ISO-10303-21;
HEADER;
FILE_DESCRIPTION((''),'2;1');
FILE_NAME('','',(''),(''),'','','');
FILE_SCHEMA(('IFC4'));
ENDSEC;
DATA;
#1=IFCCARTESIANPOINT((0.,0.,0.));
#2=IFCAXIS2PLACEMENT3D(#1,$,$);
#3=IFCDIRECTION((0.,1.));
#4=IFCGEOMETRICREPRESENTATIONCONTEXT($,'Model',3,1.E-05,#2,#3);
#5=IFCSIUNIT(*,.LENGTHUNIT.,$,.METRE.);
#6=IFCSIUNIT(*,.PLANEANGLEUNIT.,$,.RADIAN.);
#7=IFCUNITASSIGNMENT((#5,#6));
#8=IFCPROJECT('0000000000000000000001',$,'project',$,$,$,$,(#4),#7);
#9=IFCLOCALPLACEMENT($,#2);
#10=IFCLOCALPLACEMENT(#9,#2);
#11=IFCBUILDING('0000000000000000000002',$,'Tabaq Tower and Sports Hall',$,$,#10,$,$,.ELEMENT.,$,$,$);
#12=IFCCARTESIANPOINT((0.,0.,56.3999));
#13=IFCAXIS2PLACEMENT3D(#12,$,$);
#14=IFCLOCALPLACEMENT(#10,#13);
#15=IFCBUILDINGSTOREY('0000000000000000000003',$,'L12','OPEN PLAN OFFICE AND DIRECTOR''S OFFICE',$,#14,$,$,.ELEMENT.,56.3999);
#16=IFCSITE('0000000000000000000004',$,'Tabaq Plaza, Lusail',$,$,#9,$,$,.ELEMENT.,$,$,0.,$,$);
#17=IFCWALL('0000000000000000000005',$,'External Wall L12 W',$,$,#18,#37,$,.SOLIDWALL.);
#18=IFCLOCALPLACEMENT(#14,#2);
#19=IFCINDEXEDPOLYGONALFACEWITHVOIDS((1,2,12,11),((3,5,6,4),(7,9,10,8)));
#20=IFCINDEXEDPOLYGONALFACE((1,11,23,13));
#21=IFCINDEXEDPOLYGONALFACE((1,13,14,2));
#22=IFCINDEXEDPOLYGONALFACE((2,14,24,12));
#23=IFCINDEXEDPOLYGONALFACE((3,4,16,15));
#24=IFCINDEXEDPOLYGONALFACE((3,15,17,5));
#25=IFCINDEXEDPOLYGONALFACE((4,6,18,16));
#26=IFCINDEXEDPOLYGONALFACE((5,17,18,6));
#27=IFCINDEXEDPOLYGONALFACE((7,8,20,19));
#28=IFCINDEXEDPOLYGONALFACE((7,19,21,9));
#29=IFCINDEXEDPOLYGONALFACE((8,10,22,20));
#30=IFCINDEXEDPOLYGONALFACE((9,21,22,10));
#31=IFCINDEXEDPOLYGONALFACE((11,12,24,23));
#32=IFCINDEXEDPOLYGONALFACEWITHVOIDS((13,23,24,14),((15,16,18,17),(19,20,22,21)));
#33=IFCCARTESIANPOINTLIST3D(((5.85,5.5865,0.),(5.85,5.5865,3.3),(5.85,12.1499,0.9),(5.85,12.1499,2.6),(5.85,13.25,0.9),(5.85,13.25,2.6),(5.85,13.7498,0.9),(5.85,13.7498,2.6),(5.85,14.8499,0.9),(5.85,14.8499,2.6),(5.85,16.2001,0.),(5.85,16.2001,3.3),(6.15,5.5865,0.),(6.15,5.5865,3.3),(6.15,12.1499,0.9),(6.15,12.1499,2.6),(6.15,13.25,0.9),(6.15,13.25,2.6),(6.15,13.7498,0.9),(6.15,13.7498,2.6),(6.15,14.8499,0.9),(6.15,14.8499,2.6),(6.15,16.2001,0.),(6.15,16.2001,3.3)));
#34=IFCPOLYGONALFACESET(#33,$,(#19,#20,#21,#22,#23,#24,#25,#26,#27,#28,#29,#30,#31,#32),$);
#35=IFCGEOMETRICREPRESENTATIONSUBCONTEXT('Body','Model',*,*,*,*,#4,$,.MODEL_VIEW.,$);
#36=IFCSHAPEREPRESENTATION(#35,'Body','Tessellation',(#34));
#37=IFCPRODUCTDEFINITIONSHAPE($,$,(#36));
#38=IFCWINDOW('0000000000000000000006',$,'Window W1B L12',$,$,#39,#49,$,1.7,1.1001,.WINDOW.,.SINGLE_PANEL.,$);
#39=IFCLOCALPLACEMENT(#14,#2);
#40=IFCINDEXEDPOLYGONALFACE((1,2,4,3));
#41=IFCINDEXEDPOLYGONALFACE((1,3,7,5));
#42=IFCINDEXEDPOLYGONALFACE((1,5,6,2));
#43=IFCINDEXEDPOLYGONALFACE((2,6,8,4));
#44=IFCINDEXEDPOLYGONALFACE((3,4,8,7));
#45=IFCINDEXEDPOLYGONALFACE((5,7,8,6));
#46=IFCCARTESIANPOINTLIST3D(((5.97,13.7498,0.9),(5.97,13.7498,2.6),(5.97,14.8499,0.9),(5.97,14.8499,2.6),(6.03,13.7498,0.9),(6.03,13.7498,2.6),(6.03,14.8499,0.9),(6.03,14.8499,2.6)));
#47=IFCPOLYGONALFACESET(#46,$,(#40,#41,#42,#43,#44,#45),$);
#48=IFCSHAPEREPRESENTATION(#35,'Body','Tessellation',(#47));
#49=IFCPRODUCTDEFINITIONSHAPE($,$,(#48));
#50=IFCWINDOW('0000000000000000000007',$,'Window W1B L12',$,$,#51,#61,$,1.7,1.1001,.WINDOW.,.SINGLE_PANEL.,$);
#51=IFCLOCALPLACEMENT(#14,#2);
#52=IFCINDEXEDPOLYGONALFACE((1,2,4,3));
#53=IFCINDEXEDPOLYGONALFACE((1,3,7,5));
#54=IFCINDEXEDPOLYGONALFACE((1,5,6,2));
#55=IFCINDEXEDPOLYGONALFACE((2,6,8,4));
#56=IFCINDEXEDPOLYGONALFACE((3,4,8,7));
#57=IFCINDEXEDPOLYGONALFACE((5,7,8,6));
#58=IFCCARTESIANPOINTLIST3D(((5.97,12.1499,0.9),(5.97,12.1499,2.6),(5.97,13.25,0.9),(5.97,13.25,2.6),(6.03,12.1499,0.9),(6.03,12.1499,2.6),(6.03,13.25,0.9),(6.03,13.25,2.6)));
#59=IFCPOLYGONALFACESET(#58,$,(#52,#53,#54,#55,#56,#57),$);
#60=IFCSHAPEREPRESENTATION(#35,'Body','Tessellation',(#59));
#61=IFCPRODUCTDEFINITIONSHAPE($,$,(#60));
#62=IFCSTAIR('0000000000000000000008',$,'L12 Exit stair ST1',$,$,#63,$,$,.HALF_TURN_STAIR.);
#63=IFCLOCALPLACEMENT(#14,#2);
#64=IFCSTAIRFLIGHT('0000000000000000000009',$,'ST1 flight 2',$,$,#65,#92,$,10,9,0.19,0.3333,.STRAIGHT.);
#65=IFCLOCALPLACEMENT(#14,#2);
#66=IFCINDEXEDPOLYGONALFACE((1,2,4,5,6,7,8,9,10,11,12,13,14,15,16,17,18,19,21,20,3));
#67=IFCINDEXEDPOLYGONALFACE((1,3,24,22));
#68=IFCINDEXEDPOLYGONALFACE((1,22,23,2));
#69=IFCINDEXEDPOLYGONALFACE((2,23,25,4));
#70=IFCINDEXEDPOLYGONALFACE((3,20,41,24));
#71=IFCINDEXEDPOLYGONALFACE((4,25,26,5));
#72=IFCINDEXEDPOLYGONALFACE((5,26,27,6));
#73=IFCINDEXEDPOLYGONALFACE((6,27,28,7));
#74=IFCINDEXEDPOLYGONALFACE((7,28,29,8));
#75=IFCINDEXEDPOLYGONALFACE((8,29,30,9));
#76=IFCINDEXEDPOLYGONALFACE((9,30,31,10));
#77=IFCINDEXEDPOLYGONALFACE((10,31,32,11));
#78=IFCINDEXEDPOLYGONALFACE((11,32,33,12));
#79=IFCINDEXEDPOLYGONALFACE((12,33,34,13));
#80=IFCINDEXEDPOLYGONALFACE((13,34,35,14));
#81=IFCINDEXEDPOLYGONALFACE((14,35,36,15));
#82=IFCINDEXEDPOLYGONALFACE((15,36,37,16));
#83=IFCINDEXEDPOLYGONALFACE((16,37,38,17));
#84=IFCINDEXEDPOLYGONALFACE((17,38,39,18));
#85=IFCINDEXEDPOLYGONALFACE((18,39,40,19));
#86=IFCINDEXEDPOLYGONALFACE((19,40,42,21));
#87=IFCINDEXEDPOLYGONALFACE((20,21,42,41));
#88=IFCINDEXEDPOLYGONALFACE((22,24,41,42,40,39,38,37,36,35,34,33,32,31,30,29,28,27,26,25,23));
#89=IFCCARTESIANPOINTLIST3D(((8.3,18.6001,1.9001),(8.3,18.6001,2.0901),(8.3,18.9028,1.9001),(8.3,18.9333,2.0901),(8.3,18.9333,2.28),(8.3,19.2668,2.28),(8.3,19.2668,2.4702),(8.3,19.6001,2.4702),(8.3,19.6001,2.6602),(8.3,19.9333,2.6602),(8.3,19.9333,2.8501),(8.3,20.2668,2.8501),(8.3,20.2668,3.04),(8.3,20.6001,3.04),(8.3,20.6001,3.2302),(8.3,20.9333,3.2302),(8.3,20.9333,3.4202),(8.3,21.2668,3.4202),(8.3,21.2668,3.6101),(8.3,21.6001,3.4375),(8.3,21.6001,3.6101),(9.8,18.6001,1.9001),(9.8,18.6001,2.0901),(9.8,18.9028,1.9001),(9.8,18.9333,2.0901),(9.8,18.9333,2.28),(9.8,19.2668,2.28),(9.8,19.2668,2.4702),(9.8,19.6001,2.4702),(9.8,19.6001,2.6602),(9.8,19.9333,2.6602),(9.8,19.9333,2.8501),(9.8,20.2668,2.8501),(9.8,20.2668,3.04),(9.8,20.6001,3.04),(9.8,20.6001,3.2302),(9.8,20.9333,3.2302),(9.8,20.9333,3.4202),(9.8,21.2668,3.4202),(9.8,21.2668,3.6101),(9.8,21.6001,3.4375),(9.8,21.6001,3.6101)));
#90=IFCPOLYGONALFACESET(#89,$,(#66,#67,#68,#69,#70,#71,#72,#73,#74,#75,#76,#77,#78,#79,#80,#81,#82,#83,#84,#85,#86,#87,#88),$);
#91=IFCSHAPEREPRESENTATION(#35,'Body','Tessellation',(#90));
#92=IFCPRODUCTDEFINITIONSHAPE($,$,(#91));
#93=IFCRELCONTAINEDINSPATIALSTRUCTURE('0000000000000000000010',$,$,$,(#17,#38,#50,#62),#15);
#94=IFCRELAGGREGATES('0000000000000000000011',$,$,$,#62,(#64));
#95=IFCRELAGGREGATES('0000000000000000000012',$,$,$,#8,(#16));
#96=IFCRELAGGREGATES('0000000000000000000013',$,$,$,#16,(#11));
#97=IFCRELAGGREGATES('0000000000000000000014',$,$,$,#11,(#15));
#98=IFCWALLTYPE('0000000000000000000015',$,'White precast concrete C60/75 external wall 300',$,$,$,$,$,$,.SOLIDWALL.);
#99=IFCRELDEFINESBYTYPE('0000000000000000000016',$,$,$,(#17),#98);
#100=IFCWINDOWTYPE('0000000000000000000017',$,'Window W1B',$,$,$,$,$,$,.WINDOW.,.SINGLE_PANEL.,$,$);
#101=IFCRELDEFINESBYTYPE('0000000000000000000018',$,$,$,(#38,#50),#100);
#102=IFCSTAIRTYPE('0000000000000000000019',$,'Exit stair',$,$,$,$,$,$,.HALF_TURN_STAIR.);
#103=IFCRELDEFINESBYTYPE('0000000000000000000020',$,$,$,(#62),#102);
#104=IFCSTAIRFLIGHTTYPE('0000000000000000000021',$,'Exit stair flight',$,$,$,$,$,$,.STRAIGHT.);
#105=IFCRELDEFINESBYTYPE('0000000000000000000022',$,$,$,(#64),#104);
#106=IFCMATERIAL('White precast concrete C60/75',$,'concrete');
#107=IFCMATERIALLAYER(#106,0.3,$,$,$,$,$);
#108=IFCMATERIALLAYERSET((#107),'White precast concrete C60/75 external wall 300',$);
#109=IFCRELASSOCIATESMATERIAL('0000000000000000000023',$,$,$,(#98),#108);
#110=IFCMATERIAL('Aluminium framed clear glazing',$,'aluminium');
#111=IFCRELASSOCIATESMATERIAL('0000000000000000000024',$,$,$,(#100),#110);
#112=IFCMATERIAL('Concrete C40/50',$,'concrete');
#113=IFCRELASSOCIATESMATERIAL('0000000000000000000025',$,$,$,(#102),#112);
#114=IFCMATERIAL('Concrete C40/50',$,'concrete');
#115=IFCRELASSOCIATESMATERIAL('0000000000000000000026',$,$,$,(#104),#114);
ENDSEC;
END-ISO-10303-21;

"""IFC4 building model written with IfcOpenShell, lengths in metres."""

from ifc_helpers import new_model, si_unit, direction, frame, frame_2d, origin, place, context, subcontext, project, spatial, polyline, rectangle, outline, extrude, material, layer, layer_set, type_object, element, fill, aggregate, save


model = new_model("IFC4")

# Units and contexts
model_context = context("Model", 3, precision=1e-05, world=origin(), true_north=direction((0.0, 1.0)))
body_context = subcontext(model_context, "Body", "Model", "MODEL_VIEW")
ifc_project = project(units=[si_unit("LENGTHUNIT", "METRE"), si_unit("PLANEANGLEUNIT", "RADIAN")], contexts=[model_context])

# Site, building, storey
site_placement = place(None, origin())
site = spatial("IfcSite", under=ifc_project, at=site_placement, Name="Tabaq Plaza, Lusail", CompositionType="ELEMENT", RefElevation=0.0)
building_placement = place(site_placement, origin())
building = spatial("IfcBuilding", under=site, at=building_placement, Name="Tabaq Tower and Sports Hall", CompositionType="ELEMENT")
storey_placement = place(building_placement, frame((0.0, 0.0, 56.3999)))
storey = spatial("IfcBuildingStorey", under=building, at=storey_placement, Name="L12", Description="OPEN PLAN OFFICE AND DIRECTOR'S OFFICE", CompositionType="ELEMENT", Elevation=56.3999)

# Wall, openings, windows
ifc_material_1 = material(Name="White precast concrete C60/75", Category="concrete")
ifc_layer_1 = layer(ifc_material_1, 0.3)
ifc_layer_set_1 = layer_set([ifc_layer_1], Name="White precast concrete C60/75 external wall 300")
wall_type_1 = type_object("IfcWallType", Name="White precast concrete C60/75 external wall 300", PredefinedType="SOLIDWALL", material=ifc_layer_set_1)
wall_1_placement = place(storey_placement, frame((6.0, 16.2, 0.0), z_axis=(0.0, 0.0, 1.0), x_axis=(0.0, -1.0, 0.0)))
wall_1 = element("IfcWall", 1, at=wall_1_placement, inside=storey, type_object=wall_type_1, Name="External Wall L12 W", PredefinedType="SOLIDWALL", context=body_context, shape_type="SweptSolid", body=[
    extrude(rectangle(XDim=10.6135, YDim=0.3, at=frame_2d((5.3066, 0.0))), origin(), (0.0, 0.0, 1.0), 3.3),
])
opening_1_placement = place(wall_1_placement, frame((1.3501, 0.0, 0.8999)))
opening_1 = element("IfcOpeningElement", 2, at=opening_1_placement, cuts=wall_1, PredefinedType="OPENING", context=body_context, shape_type="SweptSolid", body=[
    extrude(rectangle(XDim=1.1001, YDim=1.7, at=frame_2d((0.55, 0.8501))), frame((0.0, 0.1602, 0.0), z_axis=(0.0, -1.0, 0.0), x_axis=(1.0, 0.0, 0.0)), (0.0, 0.0, 1.0), 0.3201),
])
opening_2_placement = place(wall_1_placement, frame((2.95, 0.0, 0.8999)))
opening_2 = element("IfcOpeningElement", 3, at=opening_2_placement, cuts=wall_1, PredefinedType="OPENING", context=body_context, shape_type="SweptSolid", body=[
    extrude(rectangle(XDim=1.1001, YDim=1.7, at=frame_2d((0.55, 0.8501))), frame((0.0, 0.1602, 0.0), z_axis=(0.0, -1.0, 0.0), x_axis=(1.0, 0.0, 0.0)), (0.0, 0.0, 1.0), 0.3201),
])
ifc_material_2 = material(Name="Aluminium framed clear glazing", Category="aluminium")
window_type = type_object("IfcWindowType", Name="Window W1B", PartitioningType="SINGLE_PANEL", PredefinedType="WINDOW", material=ifc_material_2)
window_1_placement = place(opening_1_placement, origin())
window_1 = element("IfcWindow", 4, at=window_1_placement, inside=storey, type_object=window_type, Name="Window W1B L12", OverallHeight=1.7, OverallWidth=1.1001, PartitioningType="SINGLE_PANEL", PredefinedType="WINDOW", context=body_context, shape_type="SweptSolid", body=[
    extrude(rectangle(XDim=1.1001, YDim=1.7, at=frame_2d((0.55, 0.8501))), frame((0.0, 0.03, 0.0), z_axis=(0.0, -1.0, 0.0), x_axis=(1.0, 0.0, 0.0)), (0.0, 0.0, 1.0), 0.0601),
])
fill(opening_1, window_1)
window_2_placement = place(opening_2_placement, origin())
window_2 = element("IfcWindow", 5, at=window_2_placement, inside=storey, type_object=window_type, Name="Window W1B L12", OverallHeight=1.7, OverallWidth=1.1001, PartitioningType="SINGLE_PANEL", PredefinedType="WINDOW", context=body_context, shape_type="SweptSolid", body=[
    extrude(rectangle(XDim=1.1001, YDim=1.7, at=frame_2d((0.55, 0.8501))), frame((0.0, 0.03, 0.0), z_axis=(0.0, -1.0, 0.0), x_axis=(1.0, 0.0, 0.0)), (0.0, 0.0, 1.0), 0.0601),
])
fill(opening_2, window_2)

# Stair, stair flight
ifc_material_3 = material(Name="Concrete C40/50", Category="concrete")
stair_type = type_object("IfcStairType", Name="Exit stair", PredefinedType="HALF_TURN_STAIR", material=ifc_material_3)
stair_placement = place(storey_placement, origin())
stair = element("IfcStair", 6, at=stair_placement, inside=storey, type_object=stair_type, Name="L12 Exit stair ST1", PredefinedType="HALF_TURN_STAIR")
ifc_material_4 = material(Name="Concrete C40/50", Category="concrete")
stair_flight_type = type_object("IfcStairFlightType", Name="Exit stair flight", PredefinedType="STRAIGHT", material=ifc_material_4)
stair_flight_placement = place(storey_placement, frame((9.05, 18.6001, 1.9001), z_axis=(0.0, 0.0, 1.0), x_axis=(0.0, 1.0, 0.0)))
stair_flight = element("IfcStairFlight", 7, at=stair_flight_placement, type_object=stair_flight_type, Name="ST1 flight 2", NumberOfRisers=10, NumberOfTreads=9, PredefinedType="STRAIGHT", RiserHeight=0.19, TreadLength=0.3333, context=body_context, shape_type="SweptSolid", body=[
    extrude(outline(polyline([(0.0, 0.0), (0.0, 0.1899), (0.3333, 0.1899), (0.3333, 0.3799), (0.6667, 0.3799), (0.6667, 0.5701), (1.0, 0.5701), (1.0, 0.76), (1.3333, 0.76), (1.3333, 0.95), (1.6667, 0.95), (1.6667, 1.1399), (2.0, 1.1399), (2.0, 1.3301), (2.3333, 1.3301), (2.3333, 1.52), (2.6667, 1.52), (2.6667, 1.71), (3.0, 1.71), (3.0, 1.8999), (3.0, 1.5374), (0.3027, 0.0), (0.0, 0.0)])), frame((0.0, 0.75, 0.0), z_axis=(0.0, -1.0, 0.0), x_axis=(1.0, 0.0, 0.0)), (0.0, 0.0, 1.0), 1.5),
])
aggregate(stair, [stair_flight])

save(model, "model.ifc")
